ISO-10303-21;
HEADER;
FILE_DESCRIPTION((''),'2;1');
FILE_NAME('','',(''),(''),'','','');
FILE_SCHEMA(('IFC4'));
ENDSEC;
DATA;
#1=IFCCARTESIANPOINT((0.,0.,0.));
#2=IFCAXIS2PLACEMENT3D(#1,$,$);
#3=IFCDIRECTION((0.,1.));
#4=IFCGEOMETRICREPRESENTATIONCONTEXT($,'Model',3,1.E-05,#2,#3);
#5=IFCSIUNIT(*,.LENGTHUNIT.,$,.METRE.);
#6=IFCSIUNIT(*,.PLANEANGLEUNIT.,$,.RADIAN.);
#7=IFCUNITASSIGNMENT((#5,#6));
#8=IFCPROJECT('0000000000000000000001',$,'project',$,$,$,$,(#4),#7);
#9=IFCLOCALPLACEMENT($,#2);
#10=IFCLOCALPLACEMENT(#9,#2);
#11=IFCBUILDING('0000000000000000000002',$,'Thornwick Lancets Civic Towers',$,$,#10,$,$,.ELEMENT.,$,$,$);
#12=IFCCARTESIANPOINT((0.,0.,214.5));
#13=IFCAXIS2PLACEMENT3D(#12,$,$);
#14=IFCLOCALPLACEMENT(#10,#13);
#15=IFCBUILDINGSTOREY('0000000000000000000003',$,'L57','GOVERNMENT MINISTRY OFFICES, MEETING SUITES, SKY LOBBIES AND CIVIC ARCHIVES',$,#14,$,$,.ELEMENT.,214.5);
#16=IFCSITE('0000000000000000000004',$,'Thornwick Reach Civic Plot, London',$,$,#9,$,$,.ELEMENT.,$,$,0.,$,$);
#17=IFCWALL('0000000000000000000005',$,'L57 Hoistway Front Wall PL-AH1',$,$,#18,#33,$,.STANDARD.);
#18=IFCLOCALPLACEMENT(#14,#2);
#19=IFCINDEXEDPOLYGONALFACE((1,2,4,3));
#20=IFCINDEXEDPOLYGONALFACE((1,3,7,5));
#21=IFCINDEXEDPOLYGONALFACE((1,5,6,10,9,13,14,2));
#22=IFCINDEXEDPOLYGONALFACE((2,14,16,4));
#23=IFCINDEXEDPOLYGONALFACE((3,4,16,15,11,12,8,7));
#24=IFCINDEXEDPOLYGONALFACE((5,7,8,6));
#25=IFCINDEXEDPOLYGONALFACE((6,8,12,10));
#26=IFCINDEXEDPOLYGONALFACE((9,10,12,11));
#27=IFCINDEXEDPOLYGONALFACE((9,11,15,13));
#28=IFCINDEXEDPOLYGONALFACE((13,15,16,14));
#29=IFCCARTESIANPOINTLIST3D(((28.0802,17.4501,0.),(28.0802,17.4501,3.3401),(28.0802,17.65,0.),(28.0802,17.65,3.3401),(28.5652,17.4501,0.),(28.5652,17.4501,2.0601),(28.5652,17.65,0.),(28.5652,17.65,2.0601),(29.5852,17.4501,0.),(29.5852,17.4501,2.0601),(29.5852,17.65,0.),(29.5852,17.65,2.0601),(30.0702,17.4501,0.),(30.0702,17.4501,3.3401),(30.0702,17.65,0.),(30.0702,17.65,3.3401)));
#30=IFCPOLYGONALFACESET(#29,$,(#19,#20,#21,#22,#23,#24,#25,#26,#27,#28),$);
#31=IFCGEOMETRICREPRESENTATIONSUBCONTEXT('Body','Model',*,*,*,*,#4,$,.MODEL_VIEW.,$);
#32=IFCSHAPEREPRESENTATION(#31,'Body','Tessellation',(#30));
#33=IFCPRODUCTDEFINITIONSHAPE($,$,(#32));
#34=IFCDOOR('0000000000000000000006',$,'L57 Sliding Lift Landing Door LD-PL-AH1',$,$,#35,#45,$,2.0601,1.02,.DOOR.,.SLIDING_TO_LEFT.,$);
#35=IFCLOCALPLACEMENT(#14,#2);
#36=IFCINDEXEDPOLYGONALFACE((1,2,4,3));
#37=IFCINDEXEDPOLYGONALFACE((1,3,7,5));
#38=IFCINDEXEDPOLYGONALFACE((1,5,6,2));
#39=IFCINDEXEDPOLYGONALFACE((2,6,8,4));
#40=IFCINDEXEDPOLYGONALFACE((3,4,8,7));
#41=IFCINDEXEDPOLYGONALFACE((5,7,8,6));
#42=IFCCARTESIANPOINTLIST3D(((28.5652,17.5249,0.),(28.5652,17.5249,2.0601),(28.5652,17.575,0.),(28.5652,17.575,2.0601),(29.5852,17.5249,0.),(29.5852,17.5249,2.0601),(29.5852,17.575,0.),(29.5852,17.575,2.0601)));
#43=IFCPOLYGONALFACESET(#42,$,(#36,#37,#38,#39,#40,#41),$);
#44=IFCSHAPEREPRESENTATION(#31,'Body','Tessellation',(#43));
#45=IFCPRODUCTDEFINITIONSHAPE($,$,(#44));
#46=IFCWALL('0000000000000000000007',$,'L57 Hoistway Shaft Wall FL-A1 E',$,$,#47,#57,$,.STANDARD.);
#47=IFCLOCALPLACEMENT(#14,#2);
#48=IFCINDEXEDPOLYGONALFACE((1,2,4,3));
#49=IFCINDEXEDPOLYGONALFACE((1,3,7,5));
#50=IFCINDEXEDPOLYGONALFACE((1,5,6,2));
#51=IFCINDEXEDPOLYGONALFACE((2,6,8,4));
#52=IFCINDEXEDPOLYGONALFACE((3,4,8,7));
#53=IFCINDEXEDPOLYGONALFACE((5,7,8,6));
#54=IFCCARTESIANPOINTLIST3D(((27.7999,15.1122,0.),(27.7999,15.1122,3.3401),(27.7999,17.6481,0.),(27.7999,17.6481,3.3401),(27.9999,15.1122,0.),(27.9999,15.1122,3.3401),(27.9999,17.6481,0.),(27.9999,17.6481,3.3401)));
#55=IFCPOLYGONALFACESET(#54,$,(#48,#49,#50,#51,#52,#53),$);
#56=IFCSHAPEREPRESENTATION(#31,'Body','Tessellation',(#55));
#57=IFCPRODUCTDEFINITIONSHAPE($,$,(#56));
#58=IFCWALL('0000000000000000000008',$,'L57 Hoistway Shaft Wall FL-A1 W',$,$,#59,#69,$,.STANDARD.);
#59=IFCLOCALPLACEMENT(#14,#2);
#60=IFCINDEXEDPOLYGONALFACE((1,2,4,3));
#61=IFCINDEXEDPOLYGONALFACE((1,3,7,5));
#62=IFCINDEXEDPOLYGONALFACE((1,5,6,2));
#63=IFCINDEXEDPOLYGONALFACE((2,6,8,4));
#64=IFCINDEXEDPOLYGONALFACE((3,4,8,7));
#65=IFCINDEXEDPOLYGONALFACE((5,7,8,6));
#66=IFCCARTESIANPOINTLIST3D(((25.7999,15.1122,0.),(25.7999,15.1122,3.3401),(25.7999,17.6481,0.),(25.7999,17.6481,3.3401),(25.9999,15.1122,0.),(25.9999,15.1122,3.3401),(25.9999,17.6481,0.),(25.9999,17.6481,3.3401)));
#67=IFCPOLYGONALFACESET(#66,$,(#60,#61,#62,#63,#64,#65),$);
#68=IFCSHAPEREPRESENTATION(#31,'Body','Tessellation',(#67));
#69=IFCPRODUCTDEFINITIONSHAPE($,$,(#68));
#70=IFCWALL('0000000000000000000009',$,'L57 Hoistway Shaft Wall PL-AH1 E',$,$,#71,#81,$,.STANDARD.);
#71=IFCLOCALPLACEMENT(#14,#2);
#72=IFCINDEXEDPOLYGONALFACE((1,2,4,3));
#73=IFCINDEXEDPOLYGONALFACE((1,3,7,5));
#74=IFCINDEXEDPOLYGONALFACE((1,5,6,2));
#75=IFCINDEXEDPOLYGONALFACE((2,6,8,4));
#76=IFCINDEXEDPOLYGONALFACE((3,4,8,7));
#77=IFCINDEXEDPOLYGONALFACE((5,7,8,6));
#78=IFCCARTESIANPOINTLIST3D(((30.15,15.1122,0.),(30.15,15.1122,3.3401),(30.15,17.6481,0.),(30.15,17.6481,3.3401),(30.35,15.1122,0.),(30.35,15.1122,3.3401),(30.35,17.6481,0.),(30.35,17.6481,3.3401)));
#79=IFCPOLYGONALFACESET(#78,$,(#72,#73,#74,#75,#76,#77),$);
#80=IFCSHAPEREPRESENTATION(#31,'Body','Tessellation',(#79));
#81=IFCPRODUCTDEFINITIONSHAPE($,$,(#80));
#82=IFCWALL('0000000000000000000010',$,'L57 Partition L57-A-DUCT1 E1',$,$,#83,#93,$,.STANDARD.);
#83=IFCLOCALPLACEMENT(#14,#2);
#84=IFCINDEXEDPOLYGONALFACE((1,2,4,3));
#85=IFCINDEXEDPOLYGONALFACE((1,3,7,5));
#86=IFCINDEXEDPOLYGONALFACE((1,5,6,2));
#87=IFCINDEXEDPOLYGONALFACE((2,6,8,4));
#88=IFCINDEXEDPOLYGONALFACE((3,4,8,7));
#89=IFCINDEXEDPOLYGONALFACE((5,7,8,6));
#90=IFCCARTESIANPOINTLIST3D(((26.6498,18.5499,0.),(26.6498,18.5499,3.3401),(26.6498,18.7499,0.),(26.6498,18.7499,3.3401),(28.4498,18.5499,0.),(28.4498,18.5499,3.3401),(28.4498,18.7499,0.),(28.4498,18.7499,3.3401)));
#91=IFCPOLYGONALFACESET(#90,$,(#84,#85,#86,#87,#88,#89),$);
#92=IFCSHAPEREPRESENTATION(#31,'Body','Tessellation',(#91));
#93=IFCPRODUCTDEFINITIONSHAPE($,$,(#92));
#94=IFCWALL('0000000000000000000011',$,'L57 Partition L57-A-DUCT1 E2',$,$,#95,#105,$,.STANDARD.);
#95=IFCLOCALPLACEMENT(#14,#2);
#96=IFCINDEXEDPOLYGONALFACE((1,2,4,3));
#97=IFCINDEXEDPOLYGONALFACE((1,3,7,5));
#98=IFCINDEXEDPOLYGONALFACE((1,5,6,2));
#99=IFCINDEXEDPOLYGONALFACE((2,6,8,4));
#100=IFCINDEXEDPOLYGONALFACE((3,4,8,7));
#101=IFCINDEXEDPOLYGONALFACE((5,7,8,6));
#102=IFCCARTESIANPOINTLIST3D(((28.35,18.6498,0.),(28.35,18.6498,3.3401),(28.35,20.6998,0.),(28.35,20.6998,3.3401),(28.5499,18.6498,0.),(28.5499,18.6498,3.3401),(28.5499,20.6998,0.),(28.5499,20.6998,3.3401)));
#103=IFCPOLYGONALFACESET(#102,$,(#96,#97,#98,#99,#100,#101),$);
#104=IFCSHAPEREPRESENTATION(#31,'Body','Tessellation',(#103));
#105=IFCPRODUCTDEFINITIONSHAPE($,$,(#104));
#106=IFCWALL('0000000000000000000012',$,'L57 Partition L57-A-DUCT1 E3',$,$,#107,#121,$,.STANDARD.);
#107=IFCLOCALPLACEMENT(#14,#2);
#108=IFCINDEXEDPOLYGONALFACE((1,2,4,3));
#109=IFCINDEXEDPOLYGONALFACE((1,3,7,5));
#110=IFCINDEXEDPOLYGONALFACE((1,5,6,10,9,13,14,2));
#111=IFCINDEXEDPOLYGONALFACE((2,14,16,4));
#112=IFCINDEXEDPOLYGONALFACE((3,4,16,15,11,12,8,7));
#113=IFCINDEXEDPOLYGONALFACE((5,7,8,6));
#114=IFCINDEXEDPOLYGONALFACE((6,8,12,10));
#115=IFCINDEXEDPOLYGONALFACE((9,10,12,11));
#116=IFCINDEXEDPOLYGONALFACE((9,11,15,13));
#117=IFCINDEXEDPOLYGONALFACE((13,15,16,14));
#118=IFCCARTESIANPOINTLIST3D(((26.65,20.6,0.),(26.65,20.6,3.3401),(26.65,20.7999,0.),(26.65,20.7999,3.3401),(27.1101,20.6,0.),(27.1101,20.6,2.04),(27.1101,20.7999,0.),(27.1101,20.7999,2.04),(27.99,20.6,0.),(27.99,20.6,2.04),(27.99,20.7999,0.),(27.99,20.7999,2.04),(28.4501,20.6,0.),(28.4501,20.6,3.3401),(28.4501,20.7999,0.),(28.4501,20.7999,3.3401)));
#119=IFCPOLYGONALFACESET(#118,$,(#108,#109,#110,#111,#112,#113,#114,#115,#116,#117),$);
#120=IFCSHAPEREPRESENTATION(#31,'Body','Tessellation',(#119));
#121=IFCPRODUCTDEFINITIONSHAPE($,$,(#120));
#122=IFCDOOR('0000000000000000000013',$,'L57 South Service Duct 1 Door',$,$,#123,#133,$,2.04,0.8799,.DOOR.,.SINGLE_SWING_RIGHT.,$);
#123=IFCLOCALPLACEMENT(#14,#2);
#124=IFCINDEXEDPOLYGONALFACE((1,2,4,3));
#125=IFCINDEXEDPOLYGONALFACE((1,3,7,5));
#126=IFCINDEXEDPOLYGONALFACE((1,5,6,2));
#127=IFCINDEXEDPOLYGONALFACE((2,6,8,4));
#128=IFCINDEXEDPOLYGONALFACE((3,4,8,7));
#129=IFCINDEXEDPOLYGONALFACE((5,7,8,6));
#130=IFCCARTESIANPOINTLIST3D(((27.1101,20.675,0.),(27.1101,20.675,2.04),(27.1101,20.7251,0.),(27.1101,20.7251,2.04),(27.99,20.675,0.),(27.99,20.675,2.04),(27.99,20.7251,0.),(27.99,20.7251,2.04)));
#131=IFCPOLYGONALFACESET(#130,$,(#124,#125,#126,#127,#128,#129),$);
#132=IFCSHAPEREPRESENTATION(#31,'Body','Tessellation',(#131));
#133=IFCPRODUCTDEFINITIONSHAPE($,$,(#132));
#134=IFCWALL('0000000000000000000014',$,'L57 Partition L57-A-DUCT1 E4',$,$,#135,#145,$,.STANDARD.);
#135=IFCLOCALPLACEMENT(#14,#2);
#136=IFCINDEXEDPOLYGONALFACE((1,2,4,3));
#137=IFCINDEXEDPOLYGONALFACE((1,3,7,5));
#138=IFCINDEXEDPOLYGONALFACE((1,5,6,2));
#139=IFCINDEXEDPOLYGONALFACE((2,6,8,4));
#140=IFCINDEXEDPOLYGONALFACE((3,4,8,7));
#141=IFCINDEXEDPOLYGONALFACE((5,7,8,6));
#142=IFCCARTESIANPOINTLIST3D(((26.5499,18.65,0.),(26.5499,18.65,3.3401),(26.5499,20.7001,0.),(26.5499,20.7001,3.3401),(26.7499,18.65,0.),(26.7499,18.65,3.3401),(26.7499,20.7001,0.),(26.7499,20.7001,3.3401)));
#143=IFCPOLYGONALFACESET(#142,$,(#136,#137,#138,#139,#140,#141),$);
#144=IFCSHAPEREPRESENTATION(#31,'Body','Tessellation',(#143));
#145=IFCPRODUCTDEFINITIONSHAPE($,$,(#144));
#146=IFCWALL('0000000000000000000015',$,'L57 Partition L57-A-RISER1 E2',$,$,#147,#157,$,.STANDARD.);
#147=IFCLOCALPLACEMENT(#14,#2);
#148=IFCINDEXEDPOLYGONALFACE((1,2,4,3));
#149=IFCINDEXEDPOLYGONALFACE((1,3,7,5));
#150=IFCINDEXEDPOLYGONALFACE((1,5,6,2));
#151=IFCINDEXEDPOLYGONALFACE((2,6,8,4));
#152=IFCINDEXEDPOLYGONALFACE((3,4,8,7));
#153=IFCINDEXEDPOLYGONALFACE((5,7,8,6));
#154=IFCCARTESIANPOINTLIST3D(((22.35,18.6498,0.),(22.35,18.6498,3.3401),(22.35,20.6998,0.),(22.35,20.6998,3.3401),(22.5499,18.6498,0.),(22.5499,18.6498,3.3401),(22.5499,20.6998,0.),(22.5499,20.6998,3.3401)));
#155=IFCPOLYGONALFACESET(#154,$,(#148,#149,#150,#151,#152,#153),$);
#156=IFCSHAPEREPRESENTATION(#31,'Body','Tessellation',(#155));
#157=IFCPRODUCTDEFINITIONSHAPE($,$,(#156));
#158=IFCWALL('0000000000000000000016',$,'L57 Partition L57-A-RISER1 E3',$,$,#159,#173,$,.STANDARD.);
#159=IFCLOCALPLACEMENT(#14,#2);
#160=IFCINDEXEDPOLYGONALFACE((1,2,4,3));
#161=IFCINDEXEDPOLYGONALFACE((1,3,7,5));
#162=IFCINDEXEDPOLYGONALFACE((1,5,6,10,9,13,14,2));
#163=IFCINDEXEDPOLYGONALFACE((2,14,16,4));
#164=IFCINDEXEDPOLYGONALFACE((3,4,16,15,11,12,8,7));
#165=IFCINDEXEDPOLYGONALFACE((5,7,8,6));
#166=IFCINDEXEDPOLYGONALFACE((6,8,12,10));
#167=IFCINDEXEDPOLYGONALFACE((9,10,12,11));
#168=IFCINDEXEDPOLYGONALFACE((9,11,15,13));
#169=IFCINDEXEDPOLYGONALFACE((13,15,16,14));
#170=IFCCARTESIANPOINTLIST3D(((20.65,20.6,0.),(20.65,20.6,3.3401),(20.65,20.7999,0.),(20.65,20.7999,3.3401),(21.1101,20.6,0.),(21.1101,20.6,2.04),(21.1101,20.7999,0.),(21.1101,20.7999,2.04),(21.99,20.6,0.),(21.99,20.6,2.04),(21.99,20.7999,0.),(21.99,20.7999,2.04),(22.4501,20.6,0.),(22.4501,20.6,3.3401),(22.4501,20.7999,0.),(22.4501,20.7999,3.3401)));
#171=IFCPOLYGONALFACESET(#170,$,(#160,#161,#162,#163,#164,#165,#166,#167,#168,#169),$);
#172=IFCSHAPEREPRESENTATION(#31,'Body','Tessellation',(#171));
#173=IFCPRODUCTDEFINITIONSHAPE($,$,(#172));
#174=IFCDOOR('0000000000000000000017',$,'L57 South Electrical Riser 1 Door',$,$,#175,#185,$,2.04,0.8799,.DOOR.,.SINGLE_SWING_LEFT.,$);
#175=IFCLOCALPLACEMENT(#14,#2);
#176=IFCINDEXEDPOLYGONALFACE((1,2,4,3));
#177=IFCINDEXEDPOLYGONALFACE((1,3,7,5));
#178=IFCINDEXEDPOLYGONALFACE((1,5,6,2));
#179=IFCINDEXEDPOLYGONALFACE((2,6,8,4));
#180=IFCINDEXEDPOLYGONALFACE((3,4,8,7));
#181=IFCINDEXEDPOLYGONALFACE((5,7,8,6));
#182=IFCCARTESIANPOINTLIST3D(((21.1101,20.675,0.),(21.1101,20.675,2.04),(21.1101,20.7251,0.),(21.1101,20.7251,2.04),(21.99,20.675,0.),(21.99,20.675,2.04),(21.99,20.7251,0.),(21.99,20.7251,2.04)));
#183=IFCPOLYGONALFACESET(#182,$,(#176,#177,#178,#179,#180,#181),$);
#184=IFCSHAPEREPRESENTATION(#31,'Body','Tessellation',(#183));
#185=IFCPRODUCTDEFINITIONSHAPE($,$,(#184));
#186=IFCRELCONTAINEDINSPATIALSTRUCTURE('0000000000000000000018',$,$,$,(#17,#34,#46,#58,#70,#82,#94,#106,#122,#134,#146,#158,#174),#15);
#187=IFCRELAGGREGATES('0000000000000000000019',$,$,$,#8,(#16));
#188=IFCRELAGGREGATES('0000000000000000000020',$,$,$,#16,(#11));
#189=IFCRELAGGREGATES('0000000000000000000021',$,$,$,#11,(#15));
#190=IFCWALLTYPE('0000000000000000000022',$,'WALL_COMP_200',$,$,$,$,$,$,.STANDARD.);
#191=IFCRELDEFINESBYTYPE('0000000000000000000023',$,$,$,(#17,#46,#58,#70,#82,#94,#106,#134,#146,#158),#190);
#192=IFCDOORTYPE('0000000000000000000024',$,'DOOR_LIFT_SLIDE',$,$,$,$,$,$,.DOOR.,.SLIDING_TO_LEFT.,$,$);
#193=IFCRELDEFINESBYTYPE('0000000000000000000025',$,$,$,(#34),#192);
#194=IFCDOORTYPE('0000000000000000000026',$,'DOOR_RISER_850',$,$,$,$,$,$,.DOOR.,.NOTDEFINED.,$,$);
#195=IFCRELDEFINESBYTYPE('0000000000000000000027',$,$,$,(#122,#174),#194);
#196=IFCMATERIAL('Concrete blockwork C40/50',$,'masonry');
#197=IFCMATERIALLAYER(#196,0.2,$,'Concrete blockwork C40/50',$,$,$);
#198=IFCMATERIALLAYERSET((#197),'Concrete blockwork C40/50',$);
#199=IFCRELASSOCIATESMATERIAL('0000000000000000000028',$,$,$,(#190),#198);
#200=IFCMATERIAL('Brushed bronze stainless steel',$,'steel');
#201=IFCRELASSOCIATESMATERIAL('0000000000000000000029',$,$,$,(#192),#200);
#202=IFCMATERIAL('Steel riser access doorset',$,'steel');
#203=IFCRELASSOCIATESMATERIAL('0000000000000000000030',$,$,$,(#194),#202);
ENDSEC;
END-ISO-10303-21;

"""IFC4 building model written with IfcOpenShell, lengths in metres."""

from ifc_helpers import new_model, si_unit, direction, frame, frame_2d, origin, place, context, subcontext, project, spatial, rectangle, extrude, material, layer, layer_set, type_object, element, fill, save


model = new_model("IFC4")

# Units and contexts
model_context = context("Model", 3, precision=1e-05, world=origin(), true_north=direction((0.0, 1.0)))
body_context = subcontext(model_context, "Body", "Model", "MODEL_VIEW")
ifc_project = project(units=[si_unit("LENGTHUNIT", "METRE"), si_unit("PLANEANGLEUNIT", "RADIAN")], contexts=[model_context])

# Site, building, storey
site_placement = place(None, origin())
site = spatial("IfcSite", under=ifc_project, at=site_placement, Name="Thornwick Reach Civic Plot, London", CompositionType="ELEMENT", RefElevation=0.0)
building_placement = place(site_placement, origin())
building = spatial("IfcBuilding", under=site, at=building_placement, Name="Thornwick Lancets Civic Towers", CompositionType="ELEMENT")
storey_placement = place(building_placement, frame((0.0, 0.0, 214.5)))
storey = spatial("IfcBuildingStorey", under=building, at=storey_placement, Name="L57", Description="GOVERNMENT MINISTRY OFFICES, MEETING SUITES, SKY LOBBIES AND CIVIC ARCHIVES", CompositionType="ELEMENT", Elevation=214.5)

# Wall, opening, door
ifc_material_1 = material(Name="Concrete blockwork C40/50", Category="masonry")
ifc_layer_1 = layer(ifc_material_1, 0.2, Name="Concrete blockwork C40/50")
ifc_layer_set_1 = layer_set([ifc_layer_1], Name="Concrete blockwork C40/50")
wall_type_1 = type_object("IfcWallType", Name="WALL_COMP_200", PredefinedType="STANDARD", material=ifc_layer_set_1)
ifc_material_2 = material(Name="Brushed bronze stainless steel", Category="steel")
door_type_1 = type_object("IfcDoorType", Name="DOOR_LIFT_SLIDE", OperationType="SLIDING_TO_LEFT", PredefinedType="DOOR", material=ifc_material_2)
wall_1_placement = place(storey_placement, frame((28.0801, 17.55, 0.0), z_axis=(0.0, 0.0, 1.0), x_axis=(1.0, 0.0, 0.0)))
wall_1 = element("IfcWall", 1, at=wall_1_placement, inside=storey, type_object=wall_type_1, Name="L57 Hoistway Front Wall PL-AH1", PredefinedType="STANDARD", context=body_context, shape_type="SweptSolid", body=[
    extrude(rectangle(XDim=1.99, YDim=0.2, at=frame_2d((0.9951, 0.0))), origin(), (0.0, 0.0, 1.0), 3.3401),
])
opening_1_placement = place(wall_1_placement, frame((0.4851, 0.0, 0.0)))
opening_1 = element("IfcOpeningElement", 2, at=opening_1_placement, cuts=wall_1, PredefinedType="OPENING", context=body_context, shape_type="SweptSolid", body=[
    extrude(rectangle(XDim=1.02, YDim=2.0601, at=frame_2d((0.51, 1.03))), frame((0.0, 0.1099, 0.0), z_axis=(0.0, -1.0, 0.0), x_axis=(1.0, 0.0, 0.0)), (0.0, 0.0, 1.0), 0.22),
])
door_1_placement = place(opening_1_placement, origin())
door_1 = element("IfcDoor", 3, at=door_1_placement, inside=storey, type_object=door_type_1, Name="L57 Sliding Lift Landing Door LD-PL-AH1", OperationType="SLIDING_TO_LEFT", OverallHeight=2.0601, OverallWidth=1.02, PredefinedType="DOOR", context=body_context, shape_type="SweptSolid", body=[
    extrude(rectangle(XDim=1.02, YDim=2.0601, at=frame_2d((0.51, 1.03))), frame((0.0, 0.0249, 0.0), z_axis=(0.0, -1.0, 0.0), x_axis=(1.0, 0.0, 0.0)), (0.0, 0.0, 1.0), 0.05),
])
fill(opening_1, door_1)

# Walls
for number, where, z_axis, x_axis, name in (
    (4, (27.8999, 15.1121, 0.0), (0.0, 0.0, 1.0), (0.0, 1.0, 0.0), "L57 Hoistway Shaft Wall FL-A1 E"),
    (5, (25.8999, 15.1121, 0.0), (0.0, 0.0, 1.0), (0.0, 1.0, 0.0), "L57 Hoistway Shaft Wall FL-A1 W"),
    (6, (30.25, 15.1121, 0.0), (0.0, 0.0, 1.0), (0.0, 1.0, 0.0), "L57 Hoistway Shaft Wall PL-AH1 E"),
):
    element("IfcWall", number, at=place(storey_placement, frame(where, z_axis=z_axis, x_axis=x_axis)), inside=storey, type_object=wall_type_1, Name=name, PredefinedType="STANDARD", context=body_context, shape_type="SweptSolid", body=[
        extrude(rectangle(XDim=2.5359, YDim=0.2, at=frame_2d((1.2681, 0.0))), origin(), (0.0, 0.0, 1.0), 3.3401),
    ])
wall_2_placement = place(storey_placement, frame((26.6499, 18.6499, 0.0), z_axis=(0.0, 0.0, 1.0), x_axis=(1.0, 0.0, 0.0)))
element("IfcWall", 7, at=wall_2_placement, inside=storey, type_object=wall_type_1, Name="L57 Partition L57-A-DUCT1 E1", PredefinedType="STANDARD", context=body_context, shape_type="SweptSolid", body=[
    extrude(rectangle(XDim=1.8, YDim=0.2, at=frame_2d((0.8999, 0.0))), origin(), (0.0, 0.0, 1.0), 3.3401),
])
wall_3_placement = place(storey_placement, frame((28.45, 18.6499, 0.0), z_axis=(0.0, 0.0, 1.0), x_axis=(0.0, 1.0, 0.0)))
element("IfcWall", 8, at=wall_3_placement, inside=storey, type_object=wall_type_1, Name="L57 Partition L57-A-DUCT1 E2", PredefinedType="STANDARD", context=body_context, shape_type="SweptSolid", body=[
    extrude(rectangle(XDim=2.05, YDim=0.2, at=frame_2d((1.0249, 0.0))), origin(), (0.0, 0.0, 1.0), 3.3401),
])

# Wall, opening, door
wall_4_placement = place(storey_placement, frame((28.45, 20.7, 0.0), z_axis=(0.0, 0.0, 1.0), x_axis=(-1.0, 0.0, 0.0)))
wall_4 = element("IfcWall", 9, at=wall_4_placement, inside=storey, type_object=wall_type_1, Name="L57 Partition L57-A-DUCT1 E3", PredefinedType="STANDARD", context=body_context, shape_type="SweptSolid", body=[
    extrude(rectangle(XDim=1.8, YDim=0.2, at=frame_2d((0.8999, 0.0))), origin(), (0.0, 0.0, 1.0), 3.3401),
])
opening_2_placement = place(wall_4_placement, frame((0.46, 0.0, 0.0)))
opening_2 = element("IfcOpeningElement", 10, at=opening_2_placement, cuts=wall_4, PredefinedType="OPENING", context=body_context, shape_type="SweptSolid", body=[
    extrude(rectangle(XDim=0.8799, YDim=2.04, at=frame_2d((0.4399, 1.02))), frame((0.0, 0.1099, 0.0), z_axis=(0.0, -1.0, 0.0), x_axis=(1.0, 0.0, 0.0)), (0.0, 0.0, 1.0), 0.22),
])
ifc_material_3 = material(Name="Steel riser access doorset", Category="steel")
door_type_2 = type_object("IfcDoorType", Name="DOOR_RISER_850", OperationType="NOTDEFINED", PredefinedType="DOOR", material=ifc_material_3)
door_2_placement = place(opening_2_placement, origin())
door_2 = element("IfcDoor", 11, at=door_2_placement, inside=storey, type_object=door_type_2, Name="L57 South Service Duct 1 Door", OperationType="SINGLE_SWING_RIGHT", OverallHeight=2.04, OverallWidth=0.8799, PredefinedType="DOOR", context=body_context, shape_type="SweptSolid", body=[
    extrude(rectangle(XDim=0.8799, YDim=2.04, at=frame_2d((0.4399, 1.02))), frame((0.0, 0.0249, 0.0), z_axis=(0.0, -1.0, 0.0), x_axis=(1.0, 0.0, 0.0)), (0.0, 0.0, 1.0), 0.05),
])
fill(opening_2, door_2)

# Walls
for number, where, z_axis, x_axis, name in (
    (12, (26.6499, 20.7, 0.0), (0.0, 0.0, 1.0), (0.0, -1.0, 0.0), "L57 Partition L57-A-DUCT1 E4"),
    (13, (22.45, 18.6499, 0.0), (0.0, 0.0, 1.0), (0.0, 1.0, 0.0), "L57 Partition L57-A-RISER1 E2"),
):
    element("IfcWall", number, at=place(storey_placement, frame(where, z_axis=z_axis, x_axis=x_axis)), inside=storey, type_object=wall_type_1, Name=name, PredefinedType="STANDARD", context=body_context, shape_type="SweptSolid", body=[
        extrude(rectangle(XDim=2.05, YDim=0.2, at=frame_2d((1.0249, 0.0))), origin(), (0.0, 0.0, 1.0), 3.3401),
    ])

# Wall, opening, door
wall_5_placement = place(storey_placement, frame((22.45, 20.7, 0.0), z_axis=(0.0, 0.0, 1.0), x_axis=(-1.0, 0.0, 0.0)))
wall_5 = element("IfcWall", 14, at=wall_5_placement, inside=storey, type_object=wall_type_1, Name="L57 Partition L57-A-RISER1 E3", PredefinedType="STANDARD", context=body_context, shape_type="SweptSolid", body=[
    extrude(rectangle(XDim=1.8, YDim=0.2, at=frame_2d((0.8999, 0.0))), origin(), (0.0, 0.0, 1.0), 3.3401),
])
opening_3_placement = place(wall_5_placement, frame((0.46, 0.0, 0.0)))
opening_3 = element("IfcOpeningElement", 15, at=opening_3_placement, cuts=wall_5, PredefinedType="OPENING", context=body_context, shape_type="SweptSolid", body=[
    extrude(rectangle(XDim=0.8799, YDim=2.04, at=frame_2d((0.4399, 1.02))), frame((0.0, 0.1099, 0.0), z_axis=(0.0, -1.0, 0.0), x_axis=(1.0, 0.0, 0.0)), (0.0, 0.0, 1.0), 0.22),
])
door_3_placement = place(opening_3_placement, origin())
door_3 = element("IfcDoor", 16, at=door_3_placement, inside=storey, type_object=door_type_2, Name="L57 South Electrical Riser 1 Door", OperationType="SINGLE_SWING_LEFT", OverallHeight=2.04, OverallWidth=0.8799, PredefinedType="DOOR", context=body_context, shape_type="SweptSolid", body=[
    extrude(rectangle(XDim=0.8799, YDim=2.04, at=frame_2d((0.4399, 1.02))), frame((0.0, 0.0249, 0.0), z_axis=(0.0, -1.0, 0.0), x_axis=(1.0, 0.0, 0.0)), (0.0, 0.0, 1.0), 0.05),
])
fill(opening_3, door_3)

save(model, "model.ifc")
